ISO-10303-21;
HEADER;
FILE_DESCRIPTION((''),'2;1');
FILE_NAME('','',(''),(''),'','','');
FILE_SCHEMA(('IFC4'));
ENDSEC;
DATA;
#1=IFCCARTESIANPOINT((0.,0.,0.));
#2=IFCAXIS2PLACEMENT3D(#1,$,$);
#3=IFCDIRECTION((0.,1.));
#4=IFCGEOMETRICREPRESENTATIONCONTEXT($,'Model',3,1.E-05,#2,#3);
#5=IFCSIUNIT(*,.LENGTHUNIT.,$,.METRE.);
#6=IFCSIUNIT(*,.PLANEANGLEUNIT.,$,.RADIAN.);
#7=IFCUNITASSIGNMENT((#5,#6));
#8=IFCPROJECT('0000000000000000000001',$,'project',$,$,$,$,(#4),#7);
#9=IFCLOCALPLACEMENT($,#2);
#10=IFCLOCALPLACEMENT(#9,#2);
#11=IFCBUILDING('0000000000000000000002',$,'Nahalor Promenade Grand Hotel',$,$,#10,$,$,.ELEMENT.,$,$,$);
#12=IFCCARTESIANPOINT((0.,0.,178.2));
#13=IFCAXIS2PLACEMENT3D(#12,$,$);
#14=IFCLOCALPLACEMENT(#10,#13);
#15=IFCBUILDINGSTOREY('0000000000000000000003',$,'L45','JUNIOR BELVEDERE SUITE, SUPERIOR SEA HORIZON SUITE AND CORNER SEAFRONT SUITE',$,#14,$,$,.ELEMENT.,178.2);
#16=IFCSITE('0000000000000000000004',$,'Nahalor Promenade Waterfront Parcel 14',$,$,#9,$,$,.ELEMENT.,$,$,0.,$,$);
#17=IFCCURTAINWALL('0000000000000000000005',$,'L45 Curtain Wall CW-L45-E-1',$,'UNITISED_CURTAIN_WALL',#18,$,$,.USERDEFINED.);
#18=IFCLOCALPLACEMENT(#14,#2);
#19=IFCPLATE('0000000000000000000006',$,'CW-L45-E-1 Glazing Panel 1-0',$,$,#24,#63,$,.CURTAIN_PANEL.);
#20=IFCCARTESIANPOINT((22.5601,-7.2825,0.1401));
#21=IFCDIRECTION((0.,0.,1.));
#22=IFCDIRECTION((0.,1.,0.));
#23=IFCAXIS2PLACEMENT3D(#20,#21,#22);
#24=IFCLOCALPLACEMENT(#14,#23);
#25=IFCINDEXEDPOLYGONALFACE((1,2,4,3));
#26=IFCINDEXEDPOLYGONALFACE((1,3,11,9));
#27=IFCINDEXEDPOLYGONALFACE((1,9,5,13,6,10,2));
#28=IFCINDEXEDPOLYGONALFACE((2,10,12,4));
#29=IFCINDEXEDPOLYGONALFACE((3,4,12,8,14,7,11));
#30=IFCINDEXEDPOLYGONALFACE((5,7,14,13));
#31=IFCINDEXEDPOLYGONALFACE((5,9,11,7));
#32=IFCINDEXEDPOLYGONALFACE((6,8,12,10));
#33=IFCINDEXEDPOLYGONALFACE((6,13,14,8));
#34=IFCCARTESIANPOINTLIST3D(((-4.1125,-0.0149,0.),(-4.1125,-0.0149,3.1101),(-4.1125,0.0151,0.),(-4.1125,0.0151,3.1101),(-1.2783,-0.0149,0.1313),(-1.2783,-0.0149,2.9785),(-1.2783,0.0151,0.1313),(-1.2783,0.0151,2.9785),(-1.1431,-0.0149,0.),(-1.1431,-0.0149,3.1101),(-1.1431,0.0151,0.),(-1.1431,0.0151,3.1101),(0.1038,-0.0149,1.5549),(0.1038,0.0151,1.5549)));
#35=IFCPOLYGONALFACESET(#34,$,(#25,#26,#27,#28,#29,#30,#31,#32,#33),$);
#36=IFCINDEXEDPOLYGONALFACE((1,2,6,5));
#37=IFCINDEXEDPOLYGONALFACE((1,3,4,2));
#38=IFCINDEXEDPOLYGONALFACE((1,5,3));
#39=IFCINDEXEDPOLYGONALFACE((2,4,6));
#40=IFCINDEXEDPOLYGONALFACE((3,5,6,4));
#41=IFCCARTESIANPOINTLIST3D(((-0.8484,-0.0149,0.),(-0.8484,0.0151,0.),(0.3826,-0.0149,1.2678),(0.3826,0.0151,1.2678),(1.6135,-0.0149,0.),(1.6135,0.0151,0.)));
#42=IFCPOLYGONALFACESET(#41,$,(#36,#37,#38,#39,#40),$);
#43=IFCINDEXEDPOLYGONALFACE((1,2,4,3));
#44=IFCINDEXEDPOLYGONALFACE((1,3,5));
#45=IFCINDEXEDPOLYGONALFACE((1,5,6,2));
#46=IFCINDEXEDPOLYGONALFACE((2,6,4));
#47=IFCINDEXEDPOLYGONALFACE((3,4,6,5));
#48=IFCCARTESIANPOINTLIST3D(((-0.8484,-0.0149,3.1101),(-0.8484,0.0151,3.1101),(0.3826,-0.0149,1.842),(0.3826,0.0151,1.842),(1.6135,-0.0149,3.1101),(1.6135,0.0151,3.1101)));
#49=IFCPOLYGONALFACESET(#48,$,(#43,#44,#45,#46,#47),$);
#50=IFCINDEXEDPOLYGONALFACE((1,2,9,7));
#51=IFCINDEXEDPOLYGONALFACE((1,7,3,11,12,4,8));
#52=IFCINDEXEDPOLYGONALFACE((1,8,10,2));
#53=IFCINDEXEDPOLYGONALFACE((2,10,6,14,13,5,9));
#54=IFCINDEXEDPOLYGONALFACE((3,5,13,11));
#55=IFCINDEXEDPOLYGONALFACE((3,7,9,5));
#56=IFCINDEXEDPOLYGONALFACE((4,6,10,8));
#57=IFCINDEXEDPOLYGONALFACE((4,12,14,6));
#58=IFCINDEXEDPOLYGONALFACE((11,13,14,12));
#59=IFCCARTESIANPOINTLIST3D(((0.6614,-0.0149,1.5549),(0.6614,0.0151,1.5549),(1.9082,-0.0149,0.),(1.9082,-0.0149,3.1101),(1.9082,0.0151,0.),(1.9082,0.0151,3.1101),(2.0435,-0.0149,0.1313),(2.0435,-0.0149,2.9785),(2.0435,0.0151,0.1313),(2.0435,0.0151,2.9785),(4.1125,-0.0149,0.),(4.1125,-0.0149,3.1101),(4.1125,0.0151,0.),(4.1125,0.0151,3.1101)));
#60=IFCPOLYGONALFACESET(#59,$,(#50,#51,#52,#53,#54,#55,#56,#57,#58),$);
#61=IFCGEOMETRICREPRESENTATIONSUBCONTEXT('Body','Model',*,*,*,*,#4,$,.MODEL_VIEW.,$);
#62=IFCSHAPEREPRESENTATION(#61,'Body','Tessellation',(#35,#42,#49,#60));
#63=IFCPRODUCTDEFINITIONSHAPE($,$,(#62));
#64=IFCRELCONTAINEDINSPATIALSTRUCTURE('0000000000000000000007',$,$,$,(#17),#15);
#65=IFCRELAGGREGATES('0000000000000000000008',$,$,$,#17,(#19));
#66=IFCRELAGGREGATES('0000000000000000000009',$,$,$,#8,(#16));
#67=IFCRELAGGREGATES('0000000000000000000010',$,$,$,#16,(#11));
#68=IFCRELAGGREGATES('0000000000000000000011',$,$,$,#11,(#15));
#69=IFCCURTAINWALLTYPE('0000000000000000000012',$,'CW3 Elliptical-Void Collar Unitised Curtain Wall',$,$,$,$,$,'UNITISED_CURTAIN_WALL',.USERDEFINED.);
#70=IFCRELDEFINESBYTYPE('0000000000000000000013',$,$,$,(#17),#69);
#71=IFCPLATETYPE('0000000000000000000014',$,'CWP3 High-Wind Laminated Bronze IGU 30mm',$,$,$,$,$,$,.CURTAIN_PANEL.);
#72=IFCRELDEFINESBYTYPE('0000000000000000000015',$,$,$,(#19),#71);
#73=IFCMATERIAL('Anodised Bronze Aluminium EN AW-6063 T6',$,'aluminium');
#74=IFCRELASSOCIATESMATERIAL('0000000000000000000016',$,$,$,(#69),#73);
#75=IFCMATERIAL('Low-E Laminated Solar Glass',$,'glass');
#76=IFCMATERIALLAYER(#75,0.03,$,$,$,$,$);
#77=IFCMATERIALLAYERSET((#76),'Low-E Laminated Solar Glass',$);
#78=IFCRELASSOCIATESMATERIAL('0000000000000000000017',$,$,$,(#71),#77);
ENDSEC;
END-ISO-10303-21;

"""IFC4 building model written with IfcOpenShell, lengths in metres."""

from ifc_helpers import new_model, si_unit, direction, frame, origin, place, context, subcontext, project, spatial, polyline, outline, extrude, material, layer, layer_set, type_object, element, aggregate, save


model = new_model("IFC4")

# Units and contexts
model_context = context("Model", 3, precision=1e-05, world=origin(), true_north=direction((0.0, 1.0)))
body_context = subcontext(model_context, "Body", "Model", "MODEL_VIEW")
ifc_project = project(units=[si_unit("LENGTHUNIT", "METRE"), si_unit("PLANEANGLEUNIT", "RADIAN")], contexts=[model_context])

# Site, building, storey
site_placement = place(None, origin())
site = spatial("IfcSite", under=ifc_project, at=site_placement, Name="Nahalor Promenade Waterfront Parcel 14", CompositionType="ELEMENT", RefElevation=0.0)
building_placement = place(site_placement, origin())
building = spatial("IfcBuilding", under=site, at=building_placement, Name="Nahalor Promenade Grand Hotel", CompositionType="ELEMENT")
storey_placement = place(building_placement, frame((0.0, 0.0, 178.2)))
storey = spatial("IfcBuildingStorey", under=building, at=storey_placement, Name="L45", Description="JUNIOR BELVEDERE SUITE, SUPERIOR SEA HORIZON SUITE AND CORNER SEAFRONT SUITE", CompositionType="ELEMENT", Elevation=178.2)

# Curtain wall
ifc_material_1 = material(Name="Anodised Bronze Aluminium EN AW-6063 T6", Category="aluminium")
curtain_wall_type = type_object("IfcCurtainWallType", Name="CW3 Elliptical-Void Collar Unitised Curtain Wall", ElementType="UNITISED_CURTAIN_WALL", PredefinedType="USERDEFINED", material=ifc_material_1)
curtain_wall_1_placement = place(storey_placement, origin())
curtain_wall_1 = element("IfcCurtainWall", 1, at=curtain_wall_1_placement, inside=storey, type_object=curtain_wall_type, Name="L45 Curtain Wall CW-L45-E-1", ObjectType="UNITISED_CURTAIN_WALL", PredefinedType="USERDEFINED")

# Plate
ifc_material_2 = material(Name="Low-E Laminated Solar Glass", Category="glass")
ifc_layer_1 = layer(ifc_material_2, 0.03)
ifc_layer_set_1 = layer_set([ifc_layer_1], Name="Low-E Laminated Solar Glass")
plate_type_1 = type_object("IfcPlateType", Name="CWP3 High-Wind Laminated Bronze IGU 30mm", PredefinedType="CURTAIN_PANEL", material=ifc_layer_set_1)
plate_1_placement = place(storey_placement, frame((22.5601, -7.2825, 0.1401), z_axis=(0.0, 0.0, 1.0), x_axis=(0.0, 1.0, 0.0)))
plate_1 = element("IfcPlate", 2, at=plate_1_placement, type_object=plate_type_1, Name="CW-L45-E-1 Glazing Panel 1-0", PredefinedType="CURTAIN_PANEL", context=body_context, shape_type="SweptSolid", body=[
    extrude(outline(polyline([(-4.1125, 3.1101), (-4.1125, 0.0), (-1.1431, 0.0), (-1.2783, 0.1313), (0.1038, 1.5549), (-1.2783, 2.9785), (-1.1431, 3.1101), (-4.1125, 3.1101)])), frame((0.0, 0.0151, 0.0), z_axis=(0.0, -1.0, 0.0), x_axis=(1.0, 0.0, 0.0)), (0.0, 0.0, 1.0), 0.03),
    extrude(outline(polyline([(0.3826, 1.2678), (-0.8484, 0.0), (1.6135, 0.0), (0.3826, 1.2678)])), frame((0.0, 0.0151, 0.0), z_axis=(0.0, -1.0, 0.0), x_axis=(1.0, 0.0, 0.0)), (0.0, 0.0, 1.0), 0.03),
    extrude(outline(polyline([(0.3826, 1.842), (1.6135, 3.1101), (-0.8484, 3.1101), (0.3826, 1.842)])), frame((0.0, 0.0151, 0.0), z_axis=(0.0, -1.0, 0.0), x_axis=(1.0, 0.0, 0.0)), (0.0, 0.0, 1.0), 0.03),
    extrude(outline(polyline([(4.1125, 0.0), (4.1125, 3.1101), (1.9082, 3.1101), (2.0435, 2.9785), (0.6614, 1.5549), (2.0435, 0.1313), (1.9082, 0.0), (4.1125, 0.0)])), frame((0.0, 0.0151, 0.0), z_axis=(0.0, -1.0, 0.0), x_axis=(1.0, 0.0, 0.0)), (0.0, 0.0, 1.0), 0.03),
])
aggregate(curtain_wall_1, [plate_1])

save(model, "model.ifc")
